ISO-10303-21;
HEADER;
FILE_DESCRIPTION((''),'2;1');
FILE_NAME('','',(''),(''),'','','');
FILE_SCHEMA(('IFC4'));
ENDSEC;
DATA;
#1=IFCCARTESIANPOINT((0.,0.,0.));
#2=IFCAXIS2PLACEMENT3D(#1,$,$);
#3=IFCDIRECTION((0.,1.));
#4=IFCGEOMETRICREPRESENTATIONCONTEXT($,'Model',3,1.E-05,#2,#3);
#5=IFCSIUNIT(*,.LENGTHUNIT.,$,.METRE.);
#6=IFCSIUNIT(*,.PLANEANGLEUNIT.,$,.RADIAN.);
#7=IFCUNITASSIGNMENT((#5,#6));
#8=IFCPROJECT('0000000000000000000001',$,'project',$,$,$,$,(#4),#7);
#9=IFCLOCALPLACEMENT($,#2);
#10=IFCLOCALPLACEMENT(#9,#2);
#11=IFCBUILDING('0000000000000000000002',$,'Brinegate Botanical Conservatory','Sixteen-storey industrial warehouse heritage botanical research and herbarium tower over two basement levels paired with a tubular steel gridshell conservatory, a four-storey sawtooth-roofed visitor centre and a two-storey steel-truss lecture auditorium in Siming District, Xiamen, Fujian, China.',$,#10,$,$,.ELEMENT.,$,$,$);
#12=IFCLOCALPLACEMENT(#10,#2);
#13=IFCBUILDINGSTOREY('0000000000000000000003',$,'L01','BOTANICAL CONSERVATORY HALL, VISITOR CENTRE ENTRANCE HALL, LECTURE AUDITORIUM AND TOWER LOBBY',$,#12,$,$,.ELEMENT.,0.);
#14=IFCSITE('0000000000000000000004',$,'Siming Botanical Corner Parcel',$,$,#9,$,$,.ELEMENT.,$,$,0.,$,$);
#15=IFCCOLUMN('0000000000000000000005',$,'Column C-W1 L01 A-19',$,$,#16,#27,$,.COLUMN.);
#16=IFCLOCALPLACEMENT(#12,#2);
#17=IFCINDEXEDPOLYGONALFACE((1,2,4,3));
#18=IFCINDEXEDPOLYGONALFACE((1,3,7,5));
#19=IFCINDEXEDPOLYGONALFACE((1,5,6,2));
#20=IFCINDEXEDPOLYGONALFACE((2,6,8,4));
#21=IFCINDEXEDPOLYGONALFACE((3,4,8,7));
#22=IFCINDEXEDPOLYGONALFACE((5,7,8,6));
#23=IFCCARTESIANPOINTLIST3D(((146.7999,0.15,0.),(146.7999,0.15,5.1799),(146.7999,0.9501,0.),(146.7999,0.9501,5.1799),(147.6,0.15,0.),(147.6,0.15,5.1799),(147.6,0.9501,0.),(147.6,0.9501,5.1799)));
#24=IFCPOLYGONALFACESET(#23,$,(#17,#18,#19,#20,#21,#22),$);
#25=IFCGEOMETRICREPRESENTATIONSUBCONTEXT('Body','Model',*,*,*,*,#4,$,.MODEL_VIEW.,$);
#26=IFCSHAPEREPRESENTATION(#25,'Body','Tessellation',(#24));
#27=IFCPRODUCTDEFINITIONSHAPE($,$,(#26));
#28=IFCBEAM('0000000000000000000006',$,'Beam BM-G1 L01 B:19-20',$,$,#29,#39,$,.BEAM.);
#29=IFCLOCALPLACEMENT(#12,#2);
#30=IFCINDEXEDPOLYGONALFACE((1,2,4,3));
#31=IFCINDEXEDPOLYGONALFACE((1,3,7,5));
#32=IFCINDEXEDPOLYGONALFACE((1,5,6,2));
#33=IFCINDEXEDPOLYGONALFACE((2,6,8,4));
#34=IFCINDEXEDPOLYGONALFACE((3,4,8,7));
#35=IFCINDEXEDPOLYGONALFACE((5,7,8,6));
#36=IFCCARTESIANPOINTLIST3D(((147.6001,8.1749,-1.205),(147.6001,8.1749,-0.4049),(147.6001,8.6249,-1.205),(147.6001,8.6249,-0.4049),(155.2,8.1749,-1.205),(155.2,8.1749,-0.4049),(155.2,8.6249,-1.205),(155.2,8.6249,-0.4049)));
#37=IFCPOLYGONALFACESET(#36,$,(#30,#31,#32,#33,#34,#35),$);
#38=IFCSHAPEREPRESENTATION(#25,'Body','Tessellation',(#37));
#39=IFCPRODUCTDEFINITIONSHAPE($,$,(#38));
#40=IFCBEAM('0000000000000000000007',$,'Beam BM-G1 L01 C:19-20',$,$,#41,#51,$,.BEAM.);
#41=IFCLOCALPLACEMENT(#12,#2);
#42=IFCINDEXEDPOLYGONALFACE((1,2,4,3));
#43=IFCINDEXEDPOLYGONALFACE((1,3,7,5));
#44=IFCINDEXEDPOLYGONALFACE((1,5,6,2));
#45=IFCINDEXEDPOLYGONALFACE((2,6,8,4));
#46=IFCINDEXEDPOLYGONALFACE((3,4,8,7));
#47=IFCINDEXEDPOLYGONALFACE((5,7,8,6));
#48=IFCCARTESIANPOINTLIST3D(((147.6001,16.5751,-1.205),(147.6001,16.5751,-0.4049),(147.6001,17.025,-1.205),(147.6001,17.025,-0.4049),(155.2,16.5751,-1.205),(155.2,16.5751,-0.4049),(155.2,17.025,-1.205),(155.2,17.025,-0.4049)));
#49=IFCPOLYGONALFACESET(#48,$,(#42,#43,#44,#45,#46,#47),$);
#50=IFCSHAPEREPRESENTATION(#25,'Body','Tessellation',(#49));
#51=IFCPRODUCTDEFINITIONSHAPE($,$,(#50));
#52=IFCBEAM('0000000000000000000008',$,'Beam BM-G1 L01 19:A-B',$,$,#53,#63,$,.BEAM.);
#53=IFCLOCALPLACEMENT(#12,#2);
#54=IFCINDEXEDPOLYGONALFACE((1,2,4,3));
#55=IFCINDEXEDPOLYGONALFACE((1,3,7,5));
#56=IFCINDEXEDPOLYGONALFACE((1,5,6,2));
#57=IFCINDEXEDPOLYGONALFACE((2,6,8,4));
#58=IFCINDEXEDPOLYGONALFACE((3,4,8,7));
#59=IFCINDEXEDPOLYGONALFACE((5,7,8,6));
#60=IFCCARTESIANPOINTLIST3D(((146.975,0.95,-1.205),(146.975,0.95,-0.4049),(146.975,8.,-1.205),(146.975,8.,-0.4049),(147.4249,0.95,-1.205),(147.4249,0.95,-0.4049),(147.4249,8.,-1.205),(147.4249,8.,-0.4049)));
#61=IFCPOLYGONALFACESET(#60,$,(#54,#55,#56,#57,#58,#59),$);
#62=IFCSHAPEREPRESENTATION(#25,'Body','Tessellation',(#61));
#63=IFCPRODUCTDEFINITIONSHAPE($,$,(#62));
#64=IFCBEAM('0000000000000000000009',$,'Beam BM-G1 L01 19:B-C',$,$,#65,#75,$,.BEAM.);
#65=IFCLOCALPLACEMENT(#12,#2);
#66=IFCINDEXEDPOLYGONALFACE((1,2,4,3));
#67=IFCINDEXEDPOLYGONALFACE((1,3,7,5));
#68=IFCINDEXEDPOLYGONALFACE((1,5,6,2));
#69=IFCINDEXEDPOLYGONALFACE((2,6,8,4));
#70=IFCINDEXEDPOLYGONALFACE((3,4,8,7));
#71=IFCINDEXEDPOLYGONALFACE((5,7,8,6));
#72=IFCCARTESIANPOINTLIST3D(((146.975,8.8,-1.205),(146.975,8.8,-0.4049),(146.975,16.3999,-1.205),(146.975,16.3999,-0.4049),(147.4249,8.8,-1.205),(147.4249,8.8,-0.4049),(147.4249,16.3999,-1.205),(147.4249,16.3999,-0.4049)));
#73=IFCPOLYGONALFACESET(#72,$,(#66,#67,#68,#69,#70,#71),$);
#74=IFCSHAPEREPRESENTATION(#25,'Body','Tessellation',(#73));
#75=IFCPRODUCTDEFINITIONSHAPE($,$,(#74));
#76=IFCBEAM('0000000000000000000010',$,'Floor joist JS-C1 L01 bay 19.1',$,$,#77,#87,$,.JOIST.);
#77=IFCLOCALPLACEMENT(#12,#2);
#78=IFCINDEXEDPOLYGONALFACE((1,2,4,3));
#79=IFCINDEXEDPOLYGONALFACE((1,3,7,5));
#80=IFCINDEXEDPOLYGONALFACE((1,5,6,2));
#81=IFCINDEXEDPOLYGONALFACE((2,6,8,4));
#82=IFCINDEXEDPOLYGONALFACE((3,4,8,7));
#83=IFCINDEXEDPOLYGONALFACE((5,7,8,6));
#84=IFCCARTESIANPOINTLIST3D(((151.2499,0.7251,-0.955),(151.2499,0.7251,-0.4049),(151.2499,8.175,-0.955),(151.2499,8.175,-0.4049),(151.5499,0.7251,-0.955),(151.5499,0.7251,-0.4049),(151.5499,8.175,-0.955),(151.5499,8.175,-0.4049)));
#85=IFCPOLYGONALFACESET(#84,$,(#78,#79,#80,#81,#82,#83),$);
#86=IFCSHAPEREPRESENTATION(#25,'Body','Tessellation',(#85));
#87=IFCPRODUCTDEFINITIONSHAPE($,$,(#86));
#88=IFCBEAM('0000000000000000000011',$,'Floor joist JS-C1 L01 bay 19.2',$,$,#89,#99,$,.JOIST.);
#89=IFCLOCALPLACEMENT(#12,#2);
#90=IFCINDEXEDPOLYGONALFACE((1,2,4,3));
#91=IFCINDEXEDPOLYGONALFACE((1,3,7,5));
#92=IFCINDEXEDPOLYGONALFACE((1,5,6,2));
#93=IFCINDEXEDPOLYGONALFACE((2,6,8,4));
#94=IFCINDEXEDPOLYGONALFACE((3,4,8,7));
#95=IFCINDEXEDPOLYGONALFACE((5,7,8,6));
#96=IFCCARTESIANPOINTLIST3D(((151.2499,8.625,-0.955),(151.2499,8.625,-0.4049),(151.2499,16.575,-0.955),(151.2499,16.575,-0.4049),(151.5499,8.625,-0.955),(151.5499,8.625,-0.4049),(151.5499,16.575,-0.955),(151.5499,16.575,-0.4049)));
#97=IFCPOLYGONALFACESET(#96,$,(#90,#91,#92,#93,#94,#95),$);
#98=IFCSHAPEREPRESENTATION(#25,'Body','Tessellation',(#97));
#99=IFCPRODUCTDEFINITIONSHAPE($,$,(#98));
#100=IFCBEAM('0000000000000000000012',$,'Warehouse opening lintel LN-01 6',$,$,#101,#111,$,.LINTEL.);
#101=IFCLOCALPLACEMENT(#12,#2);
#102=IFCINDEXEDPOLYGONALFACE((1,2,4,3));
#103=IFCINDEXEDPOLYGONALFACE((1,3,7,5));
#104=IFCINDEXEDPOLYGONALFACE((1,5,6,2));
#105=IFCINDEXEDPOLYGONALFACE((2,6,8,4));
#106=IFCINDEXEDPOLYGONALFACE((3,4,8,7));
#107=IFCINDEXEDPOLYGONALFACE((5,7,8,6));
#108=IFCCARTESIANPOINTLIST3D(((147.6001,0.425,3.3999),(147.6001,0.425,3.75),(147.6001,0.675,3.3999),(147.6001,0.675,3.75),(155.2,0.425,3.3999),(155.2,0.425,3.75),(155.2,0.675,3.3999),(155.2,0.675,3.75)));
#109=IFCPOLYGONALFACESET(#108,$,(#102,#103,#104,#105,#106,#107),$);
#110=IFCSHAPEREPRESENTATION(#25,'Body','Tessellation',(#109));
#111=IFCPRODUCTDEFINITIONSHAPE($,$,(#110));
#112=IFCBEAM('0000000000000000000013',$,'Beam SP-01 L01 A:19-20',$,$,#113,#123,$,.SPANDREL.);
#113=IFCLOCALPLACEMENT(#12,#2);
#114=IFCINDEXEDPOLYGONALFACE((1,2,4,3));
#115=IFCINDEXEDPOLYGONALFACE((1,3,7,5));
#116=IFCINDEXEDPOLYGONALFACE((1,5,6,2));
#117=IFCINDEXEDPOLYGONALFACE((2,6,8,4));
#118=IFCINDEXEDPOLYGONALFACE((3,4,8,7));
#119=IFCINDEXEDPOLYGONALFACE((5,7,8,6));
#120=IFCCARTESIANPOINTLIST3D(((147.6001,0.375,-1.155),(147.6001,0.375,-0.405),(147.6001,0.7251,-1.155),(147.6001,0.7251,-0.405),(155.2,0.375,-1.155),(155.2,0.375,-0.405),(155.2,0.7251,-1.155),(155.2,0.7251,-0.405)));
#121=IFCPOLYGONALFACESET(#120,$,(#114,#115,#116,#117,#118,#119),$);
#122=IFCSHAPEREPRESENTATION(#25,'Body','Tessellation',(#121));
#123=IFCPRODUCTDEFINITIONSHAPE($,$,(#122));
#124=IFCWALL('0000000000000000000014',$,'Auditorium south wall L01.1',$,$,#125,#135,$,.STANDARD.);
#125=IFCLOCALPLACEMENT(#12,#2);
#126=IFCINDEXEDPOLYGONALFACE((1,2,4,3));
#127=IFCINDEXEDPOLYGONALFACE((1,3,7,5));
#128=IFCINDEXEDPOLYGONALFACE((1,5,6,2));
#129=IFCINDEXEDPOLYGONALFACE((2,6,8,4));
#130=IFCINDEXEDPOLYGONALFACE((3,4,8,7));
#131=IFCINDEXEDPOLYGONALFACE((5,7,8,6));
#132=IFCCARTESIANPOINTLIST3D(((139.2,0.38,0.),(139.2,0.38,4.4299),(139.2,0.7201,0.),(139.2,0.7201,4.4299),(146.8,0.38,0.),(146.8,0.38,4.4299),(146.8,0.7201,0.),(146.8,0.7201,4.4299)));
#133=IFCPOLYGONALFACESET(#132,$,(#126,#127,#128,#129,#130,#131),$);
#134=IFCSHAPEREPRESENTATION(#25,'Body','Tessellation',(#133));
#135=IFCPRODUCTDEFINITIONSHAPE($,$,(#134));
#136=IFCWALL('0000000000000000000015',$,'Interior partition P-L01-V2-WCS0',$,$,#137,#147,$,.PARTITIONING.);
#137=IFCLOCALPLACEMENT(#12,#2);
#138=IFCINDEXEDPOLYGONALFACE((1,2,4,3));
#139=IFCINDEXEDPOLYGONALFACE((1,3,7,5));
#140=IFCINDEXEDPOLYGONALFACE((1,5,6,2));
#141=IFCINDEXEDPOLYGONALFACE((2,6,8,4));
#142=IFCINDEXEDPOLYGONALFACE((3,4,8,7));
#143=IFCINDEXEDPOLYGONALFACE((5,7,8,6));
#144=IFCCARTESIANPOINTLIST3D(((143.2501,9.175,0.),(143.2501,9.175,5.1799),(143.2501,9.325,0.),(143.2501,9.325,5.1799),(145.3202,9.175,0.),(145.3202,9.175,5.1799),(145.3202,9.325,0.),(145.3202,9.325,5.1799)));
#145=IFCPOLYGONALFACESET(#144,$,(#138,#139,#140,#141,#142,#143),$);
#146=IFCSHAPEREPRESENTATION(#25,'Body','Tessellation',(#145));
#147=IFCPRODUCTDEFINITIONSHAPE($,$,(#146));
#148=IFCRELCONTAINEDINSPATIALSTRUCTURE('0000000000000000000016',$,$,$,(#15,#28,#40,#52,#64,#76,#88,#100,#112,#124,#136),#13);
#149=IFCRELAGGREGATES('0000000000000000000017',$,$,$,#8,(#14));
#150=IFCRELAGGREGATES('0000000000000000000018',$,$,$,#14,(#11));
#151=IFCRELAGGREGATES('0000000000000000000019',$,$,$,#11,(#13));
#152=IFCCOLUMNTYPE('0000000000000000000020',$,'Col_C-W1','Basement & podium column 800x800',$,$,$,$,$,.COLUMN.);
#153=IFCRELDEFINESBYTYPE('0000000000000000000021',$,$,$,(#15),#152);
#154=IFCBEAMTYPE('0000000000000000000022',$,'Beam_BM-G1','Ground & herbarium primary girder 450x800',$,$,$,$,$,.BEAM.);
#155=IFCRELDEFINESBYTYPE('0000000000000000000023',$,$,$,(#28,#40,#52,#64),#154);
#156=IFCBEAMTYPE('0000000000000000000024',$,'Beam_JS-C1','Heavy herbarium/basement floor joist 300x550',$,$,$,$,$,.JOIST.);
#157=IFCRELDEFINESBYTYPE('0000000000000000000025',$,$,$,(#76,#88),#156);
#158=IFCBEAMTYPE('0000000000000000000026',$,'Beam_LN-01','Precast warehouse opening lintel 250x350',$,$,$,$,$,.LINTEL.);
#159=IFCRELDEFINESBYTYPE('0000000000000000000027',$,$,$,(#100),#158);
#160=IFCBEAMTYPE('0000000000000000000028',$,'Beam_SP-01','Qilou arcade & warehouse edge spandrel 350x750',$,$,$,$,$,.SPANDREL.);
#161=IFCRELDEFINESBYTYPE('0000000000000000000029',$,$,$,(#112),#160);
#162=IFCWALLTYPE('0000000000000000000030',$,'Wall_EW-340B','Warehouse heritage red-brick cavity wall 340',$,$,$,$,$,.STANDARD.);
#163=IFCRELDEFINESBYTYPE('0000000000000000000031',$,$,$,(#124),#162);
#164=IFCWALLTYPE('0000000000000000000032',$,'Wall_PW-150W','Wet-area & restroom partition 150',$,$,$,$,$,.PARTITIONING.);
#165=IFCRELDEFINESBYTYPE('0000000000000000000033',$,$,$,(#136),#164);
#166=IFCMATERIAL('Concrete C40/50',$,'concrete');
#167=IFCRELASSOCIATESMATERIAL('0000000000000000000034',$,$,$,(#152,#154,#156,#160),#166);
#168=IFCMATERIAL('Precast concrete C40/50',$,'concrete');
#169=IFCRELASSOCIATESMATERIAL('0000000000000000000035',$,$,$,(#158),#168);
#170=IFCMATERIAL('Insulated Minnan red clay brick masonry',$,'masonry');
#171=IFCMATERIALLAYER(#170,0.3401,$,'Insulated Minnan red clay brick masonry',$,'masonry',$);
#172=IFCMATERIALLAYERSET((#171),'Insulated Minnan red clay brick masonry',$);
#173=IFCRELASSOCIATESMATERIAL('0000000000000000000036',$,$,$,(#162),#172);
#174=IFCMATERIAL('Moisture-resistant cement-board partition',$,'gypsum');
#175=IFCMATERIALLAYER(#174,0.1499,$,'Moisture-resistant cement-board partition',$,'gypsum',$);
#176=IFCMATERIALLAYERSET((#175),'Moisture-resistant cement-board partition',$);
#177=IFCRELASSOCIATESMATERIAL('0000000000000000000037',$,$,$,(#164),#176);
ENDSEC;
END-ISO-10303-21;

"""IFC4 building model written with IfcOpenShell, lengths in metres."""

from ifc_helpers import new_model, si_unit, direction, frame, frame_2d, origin, origin_2d, place, context, subcontext, project, spatial, rectangle, extrude, material, layer, layer_set, material_profile, profile_set, type_object, element, save


model = new_model("IFC4")

# Units and contexts
model_context = context("Model", 3, precision=1e-05, world=origin(), true_north=direction((0.0, 1.0)))
body_context = subcontext(model_context, "Body", "Model", "MODEL_VIEW")
ifc_project = project(units=[si_unit("LENGTHUNIT", "METRE"), si_unit("PLANEANGLEUNIT", "RADIAN")], contexts=[model_context])

# Site, building, storey
site_placement = place(None, origin())
site = spatial("IfcSite", under=ifc_project, at=site_placement, Name="Siming Botanical Corner Parcel", CompositionType="ELEMENT", RefElevation=0.0)
building_placement = place(site_placement, origin())
building = spatial("IfcBuilding", under=site, at=building_placement, Name="Brinegate Botanical Conservatory", Description="Sixteen-storey industrial warehouse heritage botanical research and herbarium tower over two basement levels paired with a tubular steel gridshell conservatory, a four-storey sawtooth-roofed visitor centre and a two-storey steel-truss lecture auditorium in Siming District, Xiamen, Fujian, China.", CompositionType="ELEMENT")
storey_placement = place(building_placement, origin())
storey = spatial("IfcBuildingStorey", under=building, at=storey_placement, Name="L01", Description="BOTANICAL CONSERVATORY HALL, VISITOR CENTRE ENTRANCE HALL, LECTURE AUDITORIUM AND TOWER LOBBY", CompositionType="ELEMENT", Elevation=0.0)

# Column
ifc_material_1 = material(Name="Concrete C40/50", Category="concrete")
ifc_material_profile_1 = material_profile(ifc_material_1, rectangle(XDim=0.8, YDim=0.8, at=origin_2d()), Name="RC COL 800x800")
ifc_profile_set_1 = profile_set([ifc_material_profile_1], Name="Concrete C40/50")
column_type = type_object("IfcColumnType", Name="Col_C-W1", Description="Basement & podium column 800x800", PredefinedType="COLUMN", material=ifc_profile_set_1)
column_placement = place(storey_placement, frame((147.2, 0.55, 0.0), z_axis=(0.0, 0.0, 1.0), x_axis=(1.0, 0.0, 0.0)))
element("IfcColumn", 1, at=column_placement, inside=storey, type_object=column_type, Name="Column C-W1 L01 A-19", PredefinedType="COLUMN", context=body_context, shape_type="SweptSolid", body=[
    extrude(rectangle(XDim=0.8, YDim=0.8, at=origin_2d()), origin(), (0.0, 0.0, 1.0), 5.1799),
])

# Beams
ifc_material_profile_2 = material_profile(ifc_material_1, rectangle(XDim=0.45, YDim=0.8, at=origin_2d()), Name="RC BM 450x800")
ifc_profile_set_2 = profile_set([ifc_material_profile_2], Name="Concrete C40/50")
beam_type_1 = type_object("IfcBeamType", Name="Beam_BM-G1", Description="Ground & herbarium primary girder 450x800", PredefinedType="BEAM", material=ifc_profile_set_2)
for number, where, z_axis, x_axis, name in (
    (2, (147.6001, 8.3999, -0.8049), (1.0, 0.0, 0.0), (0.0, 1.0, 0.0), "Beam BM-G1 L01 B:19-20"),
    (3, (147.6001, 16.8, -0.8049), (1.0, 0.0, 0.0), (0.0, 1.0, 0.0), "Beam BM-G1 L01 C:19-20"),
):
    element("IfcBeam", number, at=place(storey_placement, frame(where, z_axis=z_axis, x_axis=x_axis)), inside=storey, type_object=beam_type_1, Name=name, PredefinedType="BEAM", context=body_context, shape_type="SweptSolid", body=[
        extrude(rectangle(XDim=0.45, YDim=0.8, at=origin_2d()), origin(), (0.0, 0.0, 1.0), 7.5999),
    ])
beam_1_placement = place(storey_placement, frame((147.2, 0.95, -0.8049), z_axis=(0.0, 1.0, 0.0), x_axis=(-1.0, 0.0, 0.0)))
element("IfcBeam", 4, at=beam_1_placement, inside=storey, type_object=beam_type_1, Name="Beam BM-G1 L01 19:A-B", PredefinedType="BEAM", context=body_context, shape_type="SweptSolid", body=[
    extrude(rectangle(XDim=0.45, YDim=0.8, at=origin_2d()), origin(), (0.0, 0.0, 1.0), 7.05),
])
beam_2_placement = place(storey_placement, frame((147.2, 8.8, -0.8049), z_axis=(0.0, 1.0, 0.0), x_axis=(-1.0, 0.0, 0.0)))
element("IfcBeam", 5, at=beam_2_placement, inside=storey, type_object=beam_type_1, Name="Beam BM-G1 L01 19:B-C", PredefinedType="BEAM", context=body_context, shape_type="SweptSolid", body=[
    extrude(rectangle(XDim=0.45, YDim=0.8, at=origin_2d()), origin(), (0.0, 0.0, 1.0), 7.5999),
])
ifc_material_profile_3 = material_profile(ifc_material_1, rectangle(XDim=0.3, YDim=0.55, at=origin_2d()), Name="RC JST 300x550")
ifc_profile_set_3 = profile_set([ifc_material_profile_3], Name="Concrete C40/50")
beam_type_2 = type_object("IfcBeamType", Name="Beam_JS-C1", Description="Heavy herbarium/basement floor joist 300x550", PredefinedType="JOIST", material=ifc_profile_set_3)
beam_3_placement = place(storey_placement, frame((151.3999, 0.7251, -0.6799), z_axis=(0.0, 1.0, 0.0), x_axis=(-1.0, 0.0, 0.0)))
element("IfcBeam", 6, at=beam_3_placement, inside=storey, type_object=beam_type_2, Name="Floor joist JS-C1 L01 bay 19.1", PredefinedType="JOIST", context=body_context, shape_type="SweptSolid", body=[
    extrude(rectangle(XDim=0.3, YDim=0.55, at=origin_2d()), origin(), (0.0, 0.0, 1.0), 7.45),
])
beam_4_placement = place(storey_placement, frame((151.3999, 8.625, -0.6799), z_axis=(0.0, 1.0, 0.0), x_axis=(-1.0, 0.0, 0.0)))
element("IfcBeam", 7, at=beam_4_placement, inside=storey, type_object=beam_type_2, Name="Floor joist JS-C1 L01 bay 19.2", PredefinedType="JOIST", context=body_context, shape_type="SweptSolid", body=[
    extrude(rectangle(XDim=0.3, YDim=0.55, at=origin_2d()), origin(), (0.0, 0.0, 1.0), 7.95),
])
ifc_material_2 = material(Name="Precast concrete C40/50", Category="concrete")
ifc_material_profile_4 = material_profile(ifc_material_2, rectangle(XDim=0.25, YDim=0.3501, at=origin_2d()), Name="RC LNT 250x350")
ifc_profile_set_4 = profile_set([ifc_material_profile_4], Name="Precast concrete C40/50")
beam_type_3 = type_object("IfcBeamType", Name="Beam_LN-01", Description="Precast warehouse opening lintel 250x350", PredefinedType="LINTEL", material=ifc_profile_set_4)
beam_5_placement = place(storey_placement, frame((147.6001, 0.55, 3.575), z_axis=(1.0, 0.0, 0.0), x_axis=(0.0, 1.0, 0.0)))
element("IfcBeam", 8, at=beam_5_placement, inside=storey, type_object=beam_type_3, Name="Warehouse opening lintel LN-01 6", PredefinedType="LINTEL", context=body_context, shape_type="SweptSolid", body=[
    extrude(rectangle(XDim=0.25, YDim=0.3501, at=origin_2d()), origin(), (0.0, 0.0, 1.0), 7.5999),
])
ifc_material_profile_5 = material_profile(ifc_material_1, rectangle(XDim=0.3501, YDim=0.75, at=origin_2d()), Name="RC SPN 350x750")
ifc_profile_set_5 = profile_set([ifc_material_profile_5], Name="Concrete C40/50")
beam_type_4 = type_object("IfcBeamType", Name="Beam_SP-01", Description="Qilou arcade & warehouse edge spandrel 350x750", PredefinedType="SPANDREL", material=ifc_profile_set_5)
beam_6_placement = place(storey_placement, frame((147.6001, 0.55, -0.78), z_axis=(1.0, 0.0, 0.0), x_axis=(0.0, 1.0, 0.0)))
element("IfcBeam", 9, at=beam_6_placement, inside=storey, type_object=beam_type_4, Name="Beam SP-01 L01 A:19-20", PredefinedType="SPANDREL", context=body_context, shape_type="SweptSolid", body=[
    extrude(rectangle(XDim=0.3501, YDim=0.75, at=origin_2d()), origin(), (0.0, 0.0, 1.0), 7.5999),
])

# Walls
ifc_material_3 = material(Name="Insulated Minnan red clay brick masonry", Category="masonry")
ifc_layer_1 = layer(ifc_material_3, 0.3401, Name="Insulated Minnan red clay brick masonry", Category="masonry")
ifc_layer_set_1 = layer_set([ifc_layer_1], Name="Insulated Minnan red clay brick masonry")
wall_type_1 = type_object("IfcWallType", Name="Wall_EW-340B", Description="Warehouse heritage red-brick cavity wall 340", PredefinedType="STANDARD", material=ifc_layer_set_1)
wall_1_placement = place(storey_placement, frame((146.8, 0.55, 0.0), z_axis=(0.0, 0.0, 1.0), x_axis=(-1.0, 0.0, 0.0)))
element("IfcWall", 10, at=wall_1_placement, inside=storey, type_object=wall_type_1, Name="Auditorium south wall L01.1", PredefinedType="STANDARD", context=body_context, shape_type="SweptSolid", body=[
    extrude(rectangle(XDim=7.6001, YDim=0.3401, at=frame_2d((3.8, 0.0))), origin(), (0.0, 0.0, 1.0), 4.4299),
])
ifc_material_4 = material(Name="Moisture-resistant cement-board partition", Category="gypsum")
ifc_layer_2 = layer(ifc_material_4, 0.1499, Name="Moisture-resistant cement-board partition", Category="gypsum")
ifc_layer_set_2 = layer_set([ifc_layer_2], Name="Moisture-resistant cement-board partition")
wall_type_2 = type_object("IfcWallType", Name="Wall_PW-150W", Description="Wet-area & restroom partition 150", PredefinedType="PARTITIONING", material=ifc_layer_set_2)
wall_2_placement = place(storey_placement, frame((143.25, 9.25, 0.0), z_axis=(0.0, 0.0, 1.0), x_axis=(1.0, 0.0, 0.0)))
element("IfcWall", 11, at=wall_2_placement, inside=storey, type_object=wall_type_2, Name="Interior partition P-L01-V2-WCS0", PredefinedType="PARTITIONING", context=body_context, shape_type="SweptSolid", body=[
    extrude(rectangle(XDim=2.0701, YDim=0.1499, at=frame_2d((1.0352, 0.0))), origin(), (0.0, 0.0, 1.0), 5.1799),
])

save(model, "model.ifc")
